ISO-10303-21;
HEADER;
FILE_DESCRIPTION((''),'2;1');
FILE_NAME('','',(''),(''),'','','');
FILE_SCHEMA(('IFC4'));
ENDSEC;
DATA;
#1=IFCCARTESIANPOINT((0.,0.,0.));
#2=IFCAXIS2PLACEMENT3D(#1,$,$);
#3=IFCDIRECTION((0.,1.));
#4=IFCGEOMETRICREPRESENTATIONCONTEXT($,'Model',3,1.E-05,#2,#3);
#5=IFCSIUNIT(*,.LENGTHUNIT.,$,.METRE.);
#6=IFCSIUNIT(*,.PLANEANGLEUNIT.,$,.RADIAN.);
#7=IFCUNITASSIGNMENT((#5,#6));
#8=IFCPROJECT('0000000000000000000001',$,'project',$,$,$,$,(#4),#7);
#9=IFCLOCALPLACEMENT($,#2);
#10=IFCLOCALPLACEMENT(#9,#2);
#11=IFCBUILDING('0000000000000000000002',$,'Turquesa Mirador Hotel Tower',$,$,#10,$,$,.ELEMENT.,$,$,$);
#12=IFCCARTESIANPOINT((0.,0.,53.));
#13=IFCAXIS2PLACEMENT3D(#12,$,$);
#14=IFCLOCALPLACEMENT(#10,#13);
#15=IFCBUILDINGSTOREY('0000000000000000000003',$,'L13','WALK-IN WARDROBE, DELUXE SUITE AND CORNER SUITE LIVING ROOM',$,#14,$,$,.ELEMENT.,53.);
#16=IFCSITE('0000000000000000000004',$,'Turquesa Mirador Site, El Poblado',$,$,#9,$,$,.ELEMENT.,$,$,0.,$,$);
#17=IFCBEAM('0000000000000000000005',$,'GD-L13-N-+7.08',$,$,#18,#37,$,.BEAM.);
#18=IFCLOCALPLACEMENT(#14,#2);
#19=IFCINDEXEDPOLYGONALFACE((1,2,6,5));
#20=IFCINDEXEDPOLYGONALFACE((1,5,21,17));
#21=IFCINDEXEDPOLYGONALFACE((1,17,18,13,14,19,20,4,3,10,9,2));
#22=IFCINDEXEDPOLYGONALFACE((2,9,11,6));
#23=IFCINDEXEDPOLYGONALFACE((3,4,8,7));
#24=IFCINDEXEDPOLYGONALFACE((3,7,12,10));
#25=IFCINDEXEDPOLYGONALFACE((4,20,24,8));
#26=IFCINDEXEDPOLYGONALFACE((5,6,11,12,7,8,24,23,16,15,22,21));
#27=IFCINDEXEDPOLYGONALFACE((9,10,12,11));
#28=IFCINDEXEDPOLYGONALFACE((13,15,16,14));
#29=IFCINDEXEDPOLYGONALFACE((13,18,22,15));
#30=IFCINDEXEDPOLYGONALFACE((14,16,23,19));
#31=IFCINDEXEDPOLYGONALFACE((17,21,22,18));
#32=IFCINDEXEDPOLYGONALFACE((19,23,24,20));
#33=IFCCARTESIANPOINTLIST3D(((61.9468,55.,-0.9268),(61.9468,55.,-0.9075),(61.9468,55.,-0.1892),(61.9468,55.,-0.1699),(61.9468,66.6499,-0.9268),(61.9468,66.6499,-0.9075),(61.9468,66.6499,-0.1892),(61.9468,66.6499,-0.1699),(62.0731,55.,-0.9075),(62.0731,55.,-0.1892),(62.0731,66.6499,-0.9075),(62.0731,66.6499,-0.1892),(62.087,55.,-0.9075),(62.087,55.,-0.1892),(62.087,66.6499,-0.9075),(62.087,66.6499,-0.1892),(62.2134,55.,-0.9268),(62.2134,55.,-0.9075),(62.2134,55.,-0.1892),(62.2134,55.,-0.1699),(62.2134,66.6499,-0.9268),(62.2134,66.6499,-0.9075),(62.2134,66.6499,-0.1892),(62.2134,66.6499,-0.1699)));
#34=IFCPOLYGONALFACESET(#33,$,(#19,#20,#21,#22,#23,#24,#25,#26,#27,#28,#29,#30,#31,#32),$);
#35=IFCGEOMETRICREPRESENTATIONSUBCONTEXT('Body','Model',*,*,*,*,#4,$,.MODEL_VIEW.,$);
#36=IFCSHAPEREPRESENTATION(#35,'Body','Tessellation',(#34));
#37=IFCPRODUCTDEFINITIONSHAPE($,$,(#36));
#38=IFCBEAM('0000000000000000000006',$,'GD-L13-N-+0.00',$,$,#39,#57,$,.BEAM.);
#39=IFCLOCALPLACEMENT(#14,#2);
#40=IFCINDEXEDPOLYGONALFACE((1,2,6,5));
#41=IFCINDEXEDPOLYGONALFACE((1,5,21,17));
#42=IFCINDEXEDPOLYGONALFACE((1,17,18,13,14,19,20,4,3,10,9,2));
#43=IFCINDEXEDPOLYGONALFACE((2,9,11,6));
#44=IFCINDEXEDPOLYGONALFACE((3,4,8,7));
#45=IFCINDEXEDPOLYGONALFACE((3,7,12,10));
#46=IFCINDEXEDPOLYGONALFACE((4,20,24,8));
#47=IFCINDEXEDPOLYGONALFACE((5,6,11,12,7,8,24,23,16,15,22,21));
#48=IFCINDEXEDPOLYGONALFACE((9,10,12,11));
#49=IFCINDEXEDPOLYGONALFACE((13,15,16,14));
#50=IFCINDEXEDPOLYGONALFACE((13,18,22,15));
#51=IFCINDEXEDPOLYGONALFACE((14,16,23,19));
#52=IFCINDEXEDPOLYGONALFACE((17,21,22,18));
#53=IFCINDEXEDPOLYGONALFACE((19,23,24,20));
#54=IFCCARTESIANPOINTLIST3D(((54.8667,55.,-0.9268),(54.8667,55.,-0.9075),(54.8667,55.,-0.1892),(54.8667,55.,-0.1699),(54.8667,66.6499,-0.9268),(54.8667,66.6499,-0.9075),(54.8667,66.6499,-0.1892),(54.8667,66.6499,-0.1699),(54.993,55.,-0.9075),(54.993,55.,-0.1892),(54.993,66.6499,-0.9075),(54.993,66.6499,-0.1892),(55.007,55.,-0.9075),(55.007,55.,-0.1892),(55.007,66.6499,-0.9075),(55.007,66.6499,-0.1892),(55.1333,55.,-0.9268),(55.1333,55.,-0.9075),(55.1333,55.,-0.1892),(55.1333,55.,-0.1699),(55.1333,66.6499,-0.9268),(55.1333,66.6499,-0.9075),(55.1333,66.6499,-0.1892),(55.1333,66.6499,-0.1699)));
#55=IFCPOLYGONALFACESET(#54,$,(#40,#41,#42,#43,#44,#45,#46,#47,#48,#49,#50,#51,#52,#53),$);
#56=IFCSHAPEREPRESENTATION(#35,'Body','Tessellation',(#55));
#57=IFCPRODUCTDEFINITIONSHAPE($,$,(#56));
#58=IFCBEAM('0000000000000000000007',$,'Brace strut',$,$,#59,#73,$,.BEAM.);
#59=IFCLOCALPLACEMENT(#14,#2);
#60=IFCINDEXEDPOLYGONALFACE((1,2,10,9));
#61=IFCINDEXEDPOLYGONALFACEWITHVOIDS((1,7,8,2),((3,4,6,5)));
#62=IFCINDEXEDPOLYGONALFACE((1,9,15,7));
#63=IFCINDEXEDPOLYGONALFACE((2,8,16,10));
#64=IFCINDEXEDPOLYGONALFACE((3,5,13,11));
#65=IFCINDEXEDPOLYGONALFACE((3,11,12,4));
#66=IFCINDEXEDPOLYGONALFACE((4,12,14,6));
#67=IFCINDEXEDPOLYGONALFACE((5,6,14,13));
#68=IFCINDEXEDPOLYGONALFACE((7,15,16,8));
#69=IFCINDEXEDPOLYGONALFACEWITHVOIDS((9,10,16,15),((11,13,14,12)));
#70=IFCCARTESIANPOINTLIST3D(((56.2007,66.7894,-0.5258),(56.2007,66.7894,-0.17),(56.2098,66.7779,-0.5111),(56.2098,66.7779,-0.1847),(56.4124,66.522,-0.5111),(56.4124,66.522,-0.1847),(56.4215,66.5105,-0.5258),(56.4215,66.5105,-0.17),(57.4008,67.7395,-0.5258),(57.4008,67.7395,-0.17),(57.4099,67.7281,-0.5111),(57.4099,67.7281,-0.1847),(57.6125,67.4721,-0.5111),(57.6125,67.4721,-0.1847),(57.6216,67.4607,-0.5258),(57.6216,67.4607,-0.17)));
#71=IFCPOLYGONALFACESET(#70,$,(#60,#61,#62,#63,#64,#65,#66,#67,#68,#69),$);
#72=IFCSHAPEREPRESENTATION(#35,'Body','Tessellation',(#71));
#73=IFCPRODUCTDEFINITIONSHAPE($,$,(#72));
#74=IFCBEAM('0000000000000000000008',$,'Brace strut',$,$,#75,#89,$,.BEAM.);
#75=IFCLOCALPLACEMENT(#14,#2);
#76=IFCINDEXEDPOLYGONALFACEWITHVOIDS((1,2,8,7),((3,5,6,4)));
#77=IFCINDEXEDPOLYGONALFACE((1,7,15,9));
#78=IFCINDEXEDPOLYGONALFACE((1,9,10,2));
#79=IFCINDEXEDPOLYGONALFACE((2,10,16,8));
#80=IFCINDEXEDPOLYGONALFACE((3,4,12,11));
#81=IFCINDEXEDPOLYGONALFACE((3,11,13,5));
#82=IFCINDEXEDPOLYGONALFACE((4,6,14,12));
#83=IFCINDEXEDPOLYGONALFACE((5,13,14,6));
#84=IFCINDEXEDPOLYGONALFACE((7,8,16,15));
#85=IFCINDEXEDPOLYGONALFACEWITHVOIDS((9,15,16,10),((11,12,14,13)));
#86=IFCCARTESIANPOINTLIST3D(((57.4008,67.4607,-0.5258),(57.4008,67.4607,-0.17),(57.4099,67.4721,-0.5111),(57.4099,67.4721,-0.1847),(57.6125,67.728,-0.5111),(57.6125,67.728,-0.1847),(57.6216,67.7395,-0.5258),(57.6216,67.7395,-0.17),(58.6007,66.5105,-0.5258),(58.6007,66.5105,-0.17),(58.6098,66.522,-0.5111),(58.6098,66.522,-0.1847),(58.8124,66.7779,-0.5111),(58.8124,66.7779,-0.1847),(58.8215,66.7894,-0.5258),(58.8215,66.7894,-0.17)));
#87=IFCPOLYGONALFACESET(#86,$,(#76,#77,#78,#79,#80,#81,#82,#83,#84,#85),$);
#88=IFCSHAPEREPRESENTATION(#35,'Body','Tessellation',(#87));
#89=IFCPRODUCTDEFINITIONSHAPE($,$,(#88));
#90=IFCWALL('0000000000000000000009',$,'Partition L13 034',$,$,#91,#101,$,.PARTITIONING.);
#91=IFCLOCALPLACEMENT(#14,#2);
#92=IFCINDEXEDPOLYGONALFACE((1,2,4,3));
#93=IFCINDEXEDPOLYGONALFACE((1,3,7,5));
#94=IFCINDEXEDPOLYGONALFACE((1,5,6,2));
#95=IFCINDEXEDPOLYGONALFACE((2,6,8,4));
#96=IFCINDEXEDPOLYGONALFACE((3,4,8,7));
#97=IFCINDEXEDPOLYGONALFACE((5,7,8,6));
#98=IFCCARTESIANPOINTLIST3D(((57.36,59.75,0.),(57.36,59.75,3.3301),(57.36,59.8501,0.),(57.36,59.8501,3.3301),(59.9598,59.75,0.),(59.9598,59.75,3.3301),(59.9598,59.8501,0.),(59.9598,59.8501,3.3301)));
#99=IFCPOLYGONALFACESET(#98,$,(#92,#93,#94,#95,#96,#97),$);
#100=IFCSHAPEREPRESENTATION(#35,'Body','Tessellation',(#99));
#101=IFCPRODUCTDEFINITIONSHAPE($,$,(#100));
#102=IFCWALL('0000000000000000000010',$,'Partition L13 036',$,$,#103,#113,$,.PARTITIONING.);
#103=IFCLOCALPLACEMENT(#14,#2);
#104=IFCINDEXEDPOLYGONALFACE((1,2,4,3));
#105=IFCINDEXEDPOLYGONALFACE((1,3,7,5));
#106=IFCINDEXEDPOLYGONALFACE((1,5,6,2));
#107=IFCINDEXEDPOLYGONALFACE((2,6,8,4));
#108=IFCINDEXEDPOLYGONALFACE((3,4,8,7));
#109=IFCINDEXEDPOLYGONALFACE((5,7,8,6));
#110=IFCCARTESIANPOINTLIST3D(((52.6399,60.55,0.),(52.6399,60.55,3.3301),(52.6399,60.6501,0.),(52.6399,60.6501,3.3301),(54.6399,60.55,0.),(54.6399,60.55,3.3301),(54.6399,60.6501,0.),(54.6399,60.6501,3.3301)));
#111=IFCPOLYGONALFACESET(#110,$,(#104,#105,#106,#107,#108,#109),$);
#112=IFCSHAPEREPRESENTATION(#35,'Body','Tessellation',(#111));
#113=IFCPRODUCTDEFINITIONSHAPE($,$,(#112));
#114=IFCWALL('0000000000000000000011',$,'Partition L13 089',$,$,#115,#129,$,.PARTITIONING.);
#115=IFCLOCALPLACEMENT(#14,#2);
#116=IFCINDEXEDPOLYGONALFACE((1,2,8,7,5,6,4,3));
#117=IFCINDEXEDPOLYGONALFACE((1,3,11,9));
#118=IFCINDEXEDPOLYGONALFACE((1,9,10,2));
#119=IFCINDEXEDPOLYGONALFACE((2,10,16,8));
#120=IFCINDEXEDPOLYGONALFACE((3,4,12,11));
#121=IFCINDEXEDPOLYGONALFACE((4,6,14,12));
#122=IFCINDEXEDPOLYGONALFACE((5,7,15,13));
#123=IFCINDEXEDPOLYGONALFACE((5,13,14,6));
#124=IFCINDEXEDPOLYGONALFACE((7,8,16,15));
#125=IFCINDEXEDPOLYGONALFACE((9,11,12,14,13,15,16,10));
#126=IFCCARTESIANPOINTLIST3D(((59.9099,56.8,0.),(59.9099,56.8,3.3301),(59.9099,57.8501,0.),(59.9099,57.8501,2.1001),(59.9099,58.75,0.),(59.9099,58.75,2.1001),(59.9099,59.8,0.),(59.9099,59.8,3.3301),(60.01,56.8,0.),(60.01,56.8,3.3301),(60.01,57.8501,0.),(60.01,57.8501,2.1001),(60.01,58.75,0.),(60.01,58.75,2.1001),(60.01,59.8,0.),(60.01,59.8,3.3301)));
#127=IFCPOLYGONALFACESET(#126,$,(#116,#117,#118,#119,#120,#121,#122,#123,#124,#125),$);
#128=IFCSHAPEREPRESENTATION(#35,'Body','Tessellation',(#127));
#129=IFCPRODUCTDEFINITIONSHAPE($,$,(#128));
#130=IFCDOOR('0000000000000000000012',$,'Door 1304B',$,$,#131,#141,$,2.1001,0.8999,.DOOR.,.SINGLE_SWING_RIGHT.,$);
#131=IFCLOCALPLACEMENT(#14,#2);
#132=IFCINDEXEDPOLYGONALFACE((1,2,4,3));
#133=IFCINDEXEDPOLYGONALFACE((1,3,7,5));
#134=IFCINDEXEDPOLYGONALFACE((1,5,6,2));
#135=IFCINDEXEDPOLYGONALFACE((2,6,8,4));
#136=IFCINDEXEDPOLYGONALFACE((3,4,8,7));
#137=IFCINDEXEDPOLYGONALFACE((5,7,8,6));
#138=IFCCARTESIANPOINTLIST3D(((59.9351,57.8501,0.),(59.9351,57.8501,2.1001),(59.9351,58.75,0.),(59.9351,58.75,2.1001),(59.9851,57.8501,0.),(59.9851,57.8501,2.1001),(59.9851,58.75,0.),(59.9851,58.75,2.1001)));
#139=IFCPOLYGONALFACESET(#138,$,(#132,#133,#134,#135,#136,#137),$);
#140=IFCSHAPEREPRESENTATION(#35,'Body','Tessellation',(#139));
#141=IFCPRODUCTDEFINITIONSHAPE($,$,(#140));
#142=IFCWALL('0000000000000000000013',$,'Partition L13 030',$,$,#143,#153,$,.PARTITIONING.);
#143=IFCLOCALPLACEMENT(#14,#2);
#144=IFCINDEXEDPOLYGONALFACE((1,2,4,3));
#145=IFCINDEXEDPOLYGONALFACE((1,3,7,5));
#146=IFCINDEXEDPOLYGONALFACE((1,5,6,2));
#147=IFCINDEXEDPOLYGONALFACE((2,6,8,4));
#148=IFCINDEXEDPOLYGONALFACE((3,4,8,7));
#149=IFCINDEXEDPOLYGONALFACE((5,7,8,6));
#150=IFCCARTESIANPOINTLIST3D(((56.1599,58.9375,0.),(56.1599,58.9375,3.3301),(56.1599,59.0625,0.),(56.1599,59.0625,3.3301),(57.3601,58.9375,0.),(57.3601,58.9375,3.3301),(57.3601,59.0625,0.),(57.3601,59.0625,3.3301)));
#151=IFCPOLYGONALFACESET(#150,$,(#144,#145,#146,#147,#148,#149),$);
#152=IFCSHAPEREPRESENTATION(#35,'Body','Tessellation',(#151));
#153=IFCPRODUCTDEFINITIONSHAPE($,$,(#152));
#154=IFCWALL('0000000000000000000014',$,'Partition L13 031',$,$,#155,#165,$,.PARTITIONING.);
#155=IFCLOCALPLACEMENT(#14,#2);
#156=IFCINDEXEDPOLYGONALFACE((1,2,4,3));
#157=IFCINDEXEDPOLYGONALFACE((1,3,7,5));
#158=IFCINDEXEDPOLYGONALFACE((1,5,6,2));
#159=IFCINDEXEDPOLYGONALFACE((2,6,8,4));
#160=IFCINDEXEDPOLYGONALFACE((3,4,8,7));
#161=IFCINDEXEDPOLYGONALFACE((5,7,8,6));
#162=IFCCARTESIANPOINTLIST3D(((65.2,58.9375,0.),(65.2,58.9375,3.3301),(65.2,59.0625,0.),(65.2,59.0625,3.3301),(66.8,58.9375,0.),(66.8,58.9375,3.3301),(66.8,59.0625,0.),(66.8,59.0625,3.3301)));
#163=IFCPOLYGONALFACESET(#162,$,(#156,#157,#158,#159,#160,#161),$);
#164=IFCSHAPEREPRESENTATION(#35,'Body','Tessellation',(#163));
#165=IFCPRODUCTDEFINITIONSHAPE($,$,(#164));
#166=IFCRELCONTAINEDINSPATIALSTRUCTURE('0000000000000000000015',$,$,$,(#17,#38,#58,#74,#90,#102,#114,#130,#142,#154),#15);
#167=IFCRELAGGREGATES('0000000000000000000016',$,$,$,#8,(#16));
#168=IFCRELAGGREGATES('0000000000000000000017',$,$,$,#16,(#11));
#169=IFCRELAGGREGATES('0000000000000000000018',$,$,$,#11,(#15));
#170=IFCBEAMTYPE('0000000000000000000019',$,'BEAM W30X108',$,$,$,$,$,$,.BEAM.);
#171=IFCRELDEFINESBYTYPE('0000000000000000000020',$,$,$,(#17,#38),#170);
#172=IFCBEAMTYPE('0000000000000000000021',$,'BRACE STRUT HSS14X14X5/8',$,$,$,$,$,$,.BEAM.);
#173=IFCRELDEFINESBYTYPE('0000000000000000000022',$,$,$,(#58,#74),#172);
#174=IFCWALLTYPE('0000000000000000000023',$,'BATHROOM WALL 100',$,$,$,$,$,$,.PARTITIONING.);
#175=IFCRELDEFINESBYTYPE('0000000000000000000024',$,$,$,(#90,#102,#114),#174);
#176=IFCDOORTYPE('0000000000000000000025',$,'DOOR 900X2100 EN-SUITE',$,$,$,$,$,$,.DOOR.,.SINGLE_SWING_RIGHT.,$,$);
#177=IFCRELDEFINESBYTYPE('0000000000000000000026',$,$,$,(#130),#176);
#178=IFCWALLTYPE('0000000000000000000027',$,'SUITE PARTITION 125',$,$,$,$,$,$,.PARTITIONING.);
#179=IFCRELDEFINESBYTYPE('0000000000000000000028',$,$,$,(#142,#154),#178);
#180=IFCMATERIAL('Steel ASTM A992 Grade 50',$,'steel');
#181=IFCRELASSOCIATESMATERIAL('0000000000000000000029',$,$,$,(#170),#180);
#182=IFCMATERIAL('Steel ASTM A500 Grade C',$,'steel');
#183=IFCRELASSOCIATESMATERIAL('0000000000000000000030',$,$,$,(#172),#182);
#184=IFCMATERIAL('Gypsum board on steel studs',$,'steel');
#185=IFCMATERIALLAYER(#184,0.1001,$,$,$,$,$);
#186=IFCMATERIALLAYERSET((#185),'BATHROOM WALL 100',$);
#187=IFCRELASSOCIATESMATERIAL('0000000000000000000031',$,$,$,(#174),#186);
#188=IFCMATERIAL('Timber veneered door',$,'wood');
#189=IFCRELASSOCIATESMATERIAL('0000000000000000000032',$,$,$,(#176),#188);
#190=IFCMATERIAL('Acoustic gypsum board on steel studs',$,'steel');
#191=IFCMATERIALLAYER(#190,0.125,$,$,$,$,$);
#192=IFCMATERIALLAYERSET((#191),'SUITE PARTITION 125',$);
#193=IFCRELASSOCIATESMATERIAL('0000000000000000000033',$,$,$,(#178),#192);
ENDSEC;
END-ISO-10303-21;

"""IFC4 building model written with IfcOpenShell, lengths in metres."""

from ifc_helpers import new_model, si_unit, direction, frame, frame_2d, origin, origin_2d, place, context, subcontext, project, spatial, rectangle, hollow_rectangle, i_section, extrude, material, layer, layer_set, material_profile, profile_set, type_object, element, fill, save


model = new_model("IFC4")

# Units and contexts
model_context = context("Model", 3, precision=1e-05, world=origin(), true_north=direction((0.0, 1.0)))
body_context = subcontext(model_context, "Body", "Model", "MODEL_VIEW")
ifc_project = project(units=[si_unit("LENGTHUNIT", "METRE"), si_unit("PLANEANGLEUNIT", "RADIAN")], contexts=[model_context])

# Site, building, storey
site_placement = place(None, origin())
site = spatial("IfcSite", under=ifc_project, at=site_placement, Name="Turquesa Mirador Site, El Poblado", CompositionType="ELEMENT", RefElevation=0.0)
building_placement = place(site_placement, origin())
building = spatial("IfcBuilding", under=site, at=building_placement, Name="Turquesa Mirador Hotel Tower", CompositionType="ELEMENT")
storey_placement = place(building_placement, frame((0.0, 0.0, 53.0)))
storey = spatial("IfcBuildingStorey", under=building, at=storey_placement, Name="L13", Description="WALK-IN WARDROBE, DELUXE SUITE AND CORNER SUITE LIVING ROOM", CompositionType="ELEMENT", Elevation=53.0)

# Beams
ifc_material_1 = material(Name="Steel ASTM A992 Grade 50", Category="steel")
ifc_material_profile_1 = material_profile(ifc_material_1, i_section(OverallWidth=0.2666, OverallDepth=0.7568, WebThickness=0.0139, FlangeThickness=0.0193, at=origin_2d()), Name="W30X108")
ifc_profile_set_1 = profile_set([ifc_material_profile_1], Name="Steel ASTM A992 Grade 50")
beam_type_1 = type_object("IfcBeamType", Name="BEAM W30X108", PredefinedType="BEAM", material=ifc_profile_set_1)
for number, where, z_axis, x_axis, name in (
    (1, (62.0801, 66.6499, -0.5483), (0.0, -1.0, 0.0), (1.0, 0.0, 0.0), "GD-L13-N-+7.08"),
    (2, (55.0, 66.6499, -0.5483), (0.0, -1.0, 0.0), (1.0, 0.0, 0.0), "GD-L13-N-+0.00"),
):
    element("IfcBeam", number, at=place(storey_placement, frame(where, z_axis=z_axis, x_axis=x_axis)), inside=storey, type_object=beam_type_1, Name=name, PredefinedType="BEAM", context=body_context, shape_type="SweptSolid", body=[
        extrude(i_section(OverallWidth=0.2666, OverallDepth=0.7568, WebThickness=0.0139, FlangeThickness=0.0193, at=origin_2d()), origin(), (0.0, 0.0, 1.0), 11.6499),
    ])
ifc_material_2 = material(Name="Steel ASTM A500 Grade C", Category="steel")
ifc_material_profile_2 = material_profile(ifc_material_2, hollow_rectangle(XDim=0.3557, YDim=0.3557, WallThickness=0.0146, at=origin_2d()), Name="HSS14X14X5/8")
ifc_profile_set_2 = profile_set([ifc_material_profile_2], Name="Steel ASTM A500 Grade C")
beam_type_2 = type_object("IfcBeamType", Name="BRACE STRUT HSS14X14X5/8", PredefinedType="BEAM", material=ifc_profile_set_2)
beam_1_placement = place(storey_placement, frame((57.5112, 67.6001, -0.3479), z_axis=(-0.784033, -0.620719, 0.0), x_axis=(0.620719, -0.784033, 0.0)))
element("IfcBeam", 3, at=beam_1_placement, inside=storey, type_object=beam_type_2, Name="Brace strut", PredefinedType="BEAM", context=body_context, shape_type="SweptSolid", body=[
    extrude(hollow_rectangle(XDim=0.3557, YDim=0.3557, WallThickness=0.0146, at=origin_2d()), origin(), (0.0, 0.0, 1.0), 1.5308),
])
beam_2_placement = place(storey_placement, frame((57.5112, 67.6001, -0.3479), z_axis=(0.783971, -0.620797, 0.0), x_axis=(0.620797, 0.783971, 0.0)))
element("IfcBeam", 4, at=beam_2_placement, inside=storey, type_object=beam_type_2, Name="Brace strut", PredefinedType="BEAM", context=body_context, shape_type="SweptSolid", body=[
    extrude(hollow_rectangle(XDim=0.3557, YDim=0.3557, WallThickness=0.0146, at=origin_2d()), origin(), (0.0, 0.0, 1.0), 1.5305),
])

# Walls
ifc_material_3 = material(Name="Gypsum board on steel studs", Category="steel")
ifc_layer_1 = layer(ifc_material_3, 0.1001)
ifc_layer_set_1 = layer_set([ifc_layer_1], Name="BATHROOM WALL 100")
wall_type_1 = type_object("IfcWallType", Name="BATHROOM WALL 100", PredefinedType="PARTITIONING", material=ifc_layer_set_1)
wall_1_placement = place(storey_placement, frame((57.3601, 59.8, 0.0), z_axis=(0.0, 0.0, 1.0), x_axis=(1.0, 0.0, 0.0)))
element("IfcWall", 5, at=wall_1_placement, inside=storey, type_object=wall_type_1, Name="Partition L13 034", PredefinedType="PARTITIONING", context=body_context, shape_type="SweptSolid", body=[
    extrude(rectangle(XDim=2.5999, YDim=0.1001, at=frame_2d((1.2998, 0.0))), origin(), (0.0, 0.0, 1.0), 3.3301),
])
wall_2_placement = place(storey_placement, frame((52.6399, 60.6001, 0.0), z_axis=(0.0, 0.0, 1.0), x_axis=(1.0, 0.0, 0.0)))
element("IfcWall", 6, at=wall_2_placement, inside=storey, type_object=wall_type_1, Name="Partition L13 036", PredefinedType="PARTITIONING", context=body_context, shape_type="SweptSolid", body=[
    extrude(rectangle(XDim=2.0, YDim=0.1001, at=frame_2d((1.0, 0.0))), origin(), (0.0, 0.0, 1.0), 3.3301),
])

# Wall, opening, door
wall_3_placement = place(storey_placement, frame((59.96, 56.8, 0.0), z_axis=(0.0, 0.0, 1.0), x_axis=(0.0, 1.0, 0.0)))
wall_3 = element("IfcWall", 7, at=wall_3_placement, inside=storey, type_object=wall_type_1, Name="Partition L13 089", PredefinedType="PARTITIONING", context=body_context, shape_type="SweptSolid", body=[
    extrude(rectangle(XDim=3.0, YDim=0.1001, at=frame_2d((1.5, 0.0))), origin(), (0.0, 0.0, 1.0), 3.3301),
])
opening_1_placement = place(wall_3_placement, frame((1.05, 0.0, 0.0)))
opening_1 = element("IfcOpeningElement", 8, at=opening_1_placement, cuts=wall_3, PredefinedType="OPENING", context=body_context, shape_type="SweptSolid", body=[
    extrude(rectangle(XDim=0.8999, YDim=2.1001, at=frame_2d((0.45, 1.05))), frame((0.0, 0.0601, 0.0), z_axis=(0.0, -1.0, 0.0), x_axis=(1.0, 0.0, 0.0)), (0.0, 0.0, 1.0), 0.1201),
])
ifc_material_4 = material(Name="Timber veneered door", Category="wood")
door_type_1 = type_object("IfcDoorType", Name="DOOR 900X2100 EN-SUITE", OperationType="SINGLE_SWING_RIGHT", PredefinedType="DOOR", material=ifc_material_4)
door_1_placement = place(opening_1_placement, origin())
door_1 = element("IfcDoor", 9, at=door_1_placement, inside=storey, type_object=door_type_1, Name="Door 1304B", OperationType="SINGLE_SWING_RIGHT", OverallHeight=2.1001, OverallWidth=0.8999, PredefinedType="DOOR", context=body_context, shape_type="SweptSolid", body=[
    extrude(rectangle(XDim=0.8999, YDim=2.1001, at=frame_2d((0.45, 1.05))), frame((0.0, 0.0249, 0.0), z_axis=(0.0, -1.0, 0.0), x_axis=(1.0, 0.0, 0.0)), (0.0, 0.0, 1.0), 0.05),
])
fill(opening_1, door_1)

# Walls
ifc_material_5 = material(Name="Acoustic gypsum board on steel studs", Category="steel")
ifc_layer_2 = layer(ifc_material_5, 0.125)
ifc_layer_set_2 = layer_set([ifc_layer_2], Name="SUITE PARTITION 125")
wall_type_2 = type_object("IfcWallType", Name="SUITE PARTITION 125", PredefinedType="PARTITIONING", material=ifc_layer_set_2)
wall_4_placement = place(storey_placement, frame((56.1599, 59.0, 0.0), z_axis=(0.0, 0.0, 1.0), x_axis=(1.0, 0.0, 0.0)))
element("IfcWall", 10, at=wall_4_placement, inside=storey, type_object=wall_type_2, Name="Partition L13 030", PredefinedType="PARTITIONING", context=body_context, shape_type="SweptSolid", body=[
    extrude(rectangle(XDim=1.2002, YDim=0.125, at=frame_2d((0.6001, 0.0))), origin(), (0.0, 0.0, 1.0), 3.3301),
])
wall_5_placement = place(storey_placement, frame((65.2, 59.0, 0.0), z_axis=(0.0, 0.0, 1.0), x_axis=(1.0, 0.0, 0.0)))
element("IfcWall", 11, at=wall_5_placement, inside=storey, type_object=wall_type_2, Name="Partition L13 031", PredefinedType="PARTITIONING", context=body_context, shape_type="SweptSolid", body=[
    extrude(rectangle(XDim=1.6001, YDim=0.125, at=frame_2d((0.8, 0.0))), origin(), (0.0, 0.0, 1.0), 3.3301),
])

save(model, "model.ifc")
